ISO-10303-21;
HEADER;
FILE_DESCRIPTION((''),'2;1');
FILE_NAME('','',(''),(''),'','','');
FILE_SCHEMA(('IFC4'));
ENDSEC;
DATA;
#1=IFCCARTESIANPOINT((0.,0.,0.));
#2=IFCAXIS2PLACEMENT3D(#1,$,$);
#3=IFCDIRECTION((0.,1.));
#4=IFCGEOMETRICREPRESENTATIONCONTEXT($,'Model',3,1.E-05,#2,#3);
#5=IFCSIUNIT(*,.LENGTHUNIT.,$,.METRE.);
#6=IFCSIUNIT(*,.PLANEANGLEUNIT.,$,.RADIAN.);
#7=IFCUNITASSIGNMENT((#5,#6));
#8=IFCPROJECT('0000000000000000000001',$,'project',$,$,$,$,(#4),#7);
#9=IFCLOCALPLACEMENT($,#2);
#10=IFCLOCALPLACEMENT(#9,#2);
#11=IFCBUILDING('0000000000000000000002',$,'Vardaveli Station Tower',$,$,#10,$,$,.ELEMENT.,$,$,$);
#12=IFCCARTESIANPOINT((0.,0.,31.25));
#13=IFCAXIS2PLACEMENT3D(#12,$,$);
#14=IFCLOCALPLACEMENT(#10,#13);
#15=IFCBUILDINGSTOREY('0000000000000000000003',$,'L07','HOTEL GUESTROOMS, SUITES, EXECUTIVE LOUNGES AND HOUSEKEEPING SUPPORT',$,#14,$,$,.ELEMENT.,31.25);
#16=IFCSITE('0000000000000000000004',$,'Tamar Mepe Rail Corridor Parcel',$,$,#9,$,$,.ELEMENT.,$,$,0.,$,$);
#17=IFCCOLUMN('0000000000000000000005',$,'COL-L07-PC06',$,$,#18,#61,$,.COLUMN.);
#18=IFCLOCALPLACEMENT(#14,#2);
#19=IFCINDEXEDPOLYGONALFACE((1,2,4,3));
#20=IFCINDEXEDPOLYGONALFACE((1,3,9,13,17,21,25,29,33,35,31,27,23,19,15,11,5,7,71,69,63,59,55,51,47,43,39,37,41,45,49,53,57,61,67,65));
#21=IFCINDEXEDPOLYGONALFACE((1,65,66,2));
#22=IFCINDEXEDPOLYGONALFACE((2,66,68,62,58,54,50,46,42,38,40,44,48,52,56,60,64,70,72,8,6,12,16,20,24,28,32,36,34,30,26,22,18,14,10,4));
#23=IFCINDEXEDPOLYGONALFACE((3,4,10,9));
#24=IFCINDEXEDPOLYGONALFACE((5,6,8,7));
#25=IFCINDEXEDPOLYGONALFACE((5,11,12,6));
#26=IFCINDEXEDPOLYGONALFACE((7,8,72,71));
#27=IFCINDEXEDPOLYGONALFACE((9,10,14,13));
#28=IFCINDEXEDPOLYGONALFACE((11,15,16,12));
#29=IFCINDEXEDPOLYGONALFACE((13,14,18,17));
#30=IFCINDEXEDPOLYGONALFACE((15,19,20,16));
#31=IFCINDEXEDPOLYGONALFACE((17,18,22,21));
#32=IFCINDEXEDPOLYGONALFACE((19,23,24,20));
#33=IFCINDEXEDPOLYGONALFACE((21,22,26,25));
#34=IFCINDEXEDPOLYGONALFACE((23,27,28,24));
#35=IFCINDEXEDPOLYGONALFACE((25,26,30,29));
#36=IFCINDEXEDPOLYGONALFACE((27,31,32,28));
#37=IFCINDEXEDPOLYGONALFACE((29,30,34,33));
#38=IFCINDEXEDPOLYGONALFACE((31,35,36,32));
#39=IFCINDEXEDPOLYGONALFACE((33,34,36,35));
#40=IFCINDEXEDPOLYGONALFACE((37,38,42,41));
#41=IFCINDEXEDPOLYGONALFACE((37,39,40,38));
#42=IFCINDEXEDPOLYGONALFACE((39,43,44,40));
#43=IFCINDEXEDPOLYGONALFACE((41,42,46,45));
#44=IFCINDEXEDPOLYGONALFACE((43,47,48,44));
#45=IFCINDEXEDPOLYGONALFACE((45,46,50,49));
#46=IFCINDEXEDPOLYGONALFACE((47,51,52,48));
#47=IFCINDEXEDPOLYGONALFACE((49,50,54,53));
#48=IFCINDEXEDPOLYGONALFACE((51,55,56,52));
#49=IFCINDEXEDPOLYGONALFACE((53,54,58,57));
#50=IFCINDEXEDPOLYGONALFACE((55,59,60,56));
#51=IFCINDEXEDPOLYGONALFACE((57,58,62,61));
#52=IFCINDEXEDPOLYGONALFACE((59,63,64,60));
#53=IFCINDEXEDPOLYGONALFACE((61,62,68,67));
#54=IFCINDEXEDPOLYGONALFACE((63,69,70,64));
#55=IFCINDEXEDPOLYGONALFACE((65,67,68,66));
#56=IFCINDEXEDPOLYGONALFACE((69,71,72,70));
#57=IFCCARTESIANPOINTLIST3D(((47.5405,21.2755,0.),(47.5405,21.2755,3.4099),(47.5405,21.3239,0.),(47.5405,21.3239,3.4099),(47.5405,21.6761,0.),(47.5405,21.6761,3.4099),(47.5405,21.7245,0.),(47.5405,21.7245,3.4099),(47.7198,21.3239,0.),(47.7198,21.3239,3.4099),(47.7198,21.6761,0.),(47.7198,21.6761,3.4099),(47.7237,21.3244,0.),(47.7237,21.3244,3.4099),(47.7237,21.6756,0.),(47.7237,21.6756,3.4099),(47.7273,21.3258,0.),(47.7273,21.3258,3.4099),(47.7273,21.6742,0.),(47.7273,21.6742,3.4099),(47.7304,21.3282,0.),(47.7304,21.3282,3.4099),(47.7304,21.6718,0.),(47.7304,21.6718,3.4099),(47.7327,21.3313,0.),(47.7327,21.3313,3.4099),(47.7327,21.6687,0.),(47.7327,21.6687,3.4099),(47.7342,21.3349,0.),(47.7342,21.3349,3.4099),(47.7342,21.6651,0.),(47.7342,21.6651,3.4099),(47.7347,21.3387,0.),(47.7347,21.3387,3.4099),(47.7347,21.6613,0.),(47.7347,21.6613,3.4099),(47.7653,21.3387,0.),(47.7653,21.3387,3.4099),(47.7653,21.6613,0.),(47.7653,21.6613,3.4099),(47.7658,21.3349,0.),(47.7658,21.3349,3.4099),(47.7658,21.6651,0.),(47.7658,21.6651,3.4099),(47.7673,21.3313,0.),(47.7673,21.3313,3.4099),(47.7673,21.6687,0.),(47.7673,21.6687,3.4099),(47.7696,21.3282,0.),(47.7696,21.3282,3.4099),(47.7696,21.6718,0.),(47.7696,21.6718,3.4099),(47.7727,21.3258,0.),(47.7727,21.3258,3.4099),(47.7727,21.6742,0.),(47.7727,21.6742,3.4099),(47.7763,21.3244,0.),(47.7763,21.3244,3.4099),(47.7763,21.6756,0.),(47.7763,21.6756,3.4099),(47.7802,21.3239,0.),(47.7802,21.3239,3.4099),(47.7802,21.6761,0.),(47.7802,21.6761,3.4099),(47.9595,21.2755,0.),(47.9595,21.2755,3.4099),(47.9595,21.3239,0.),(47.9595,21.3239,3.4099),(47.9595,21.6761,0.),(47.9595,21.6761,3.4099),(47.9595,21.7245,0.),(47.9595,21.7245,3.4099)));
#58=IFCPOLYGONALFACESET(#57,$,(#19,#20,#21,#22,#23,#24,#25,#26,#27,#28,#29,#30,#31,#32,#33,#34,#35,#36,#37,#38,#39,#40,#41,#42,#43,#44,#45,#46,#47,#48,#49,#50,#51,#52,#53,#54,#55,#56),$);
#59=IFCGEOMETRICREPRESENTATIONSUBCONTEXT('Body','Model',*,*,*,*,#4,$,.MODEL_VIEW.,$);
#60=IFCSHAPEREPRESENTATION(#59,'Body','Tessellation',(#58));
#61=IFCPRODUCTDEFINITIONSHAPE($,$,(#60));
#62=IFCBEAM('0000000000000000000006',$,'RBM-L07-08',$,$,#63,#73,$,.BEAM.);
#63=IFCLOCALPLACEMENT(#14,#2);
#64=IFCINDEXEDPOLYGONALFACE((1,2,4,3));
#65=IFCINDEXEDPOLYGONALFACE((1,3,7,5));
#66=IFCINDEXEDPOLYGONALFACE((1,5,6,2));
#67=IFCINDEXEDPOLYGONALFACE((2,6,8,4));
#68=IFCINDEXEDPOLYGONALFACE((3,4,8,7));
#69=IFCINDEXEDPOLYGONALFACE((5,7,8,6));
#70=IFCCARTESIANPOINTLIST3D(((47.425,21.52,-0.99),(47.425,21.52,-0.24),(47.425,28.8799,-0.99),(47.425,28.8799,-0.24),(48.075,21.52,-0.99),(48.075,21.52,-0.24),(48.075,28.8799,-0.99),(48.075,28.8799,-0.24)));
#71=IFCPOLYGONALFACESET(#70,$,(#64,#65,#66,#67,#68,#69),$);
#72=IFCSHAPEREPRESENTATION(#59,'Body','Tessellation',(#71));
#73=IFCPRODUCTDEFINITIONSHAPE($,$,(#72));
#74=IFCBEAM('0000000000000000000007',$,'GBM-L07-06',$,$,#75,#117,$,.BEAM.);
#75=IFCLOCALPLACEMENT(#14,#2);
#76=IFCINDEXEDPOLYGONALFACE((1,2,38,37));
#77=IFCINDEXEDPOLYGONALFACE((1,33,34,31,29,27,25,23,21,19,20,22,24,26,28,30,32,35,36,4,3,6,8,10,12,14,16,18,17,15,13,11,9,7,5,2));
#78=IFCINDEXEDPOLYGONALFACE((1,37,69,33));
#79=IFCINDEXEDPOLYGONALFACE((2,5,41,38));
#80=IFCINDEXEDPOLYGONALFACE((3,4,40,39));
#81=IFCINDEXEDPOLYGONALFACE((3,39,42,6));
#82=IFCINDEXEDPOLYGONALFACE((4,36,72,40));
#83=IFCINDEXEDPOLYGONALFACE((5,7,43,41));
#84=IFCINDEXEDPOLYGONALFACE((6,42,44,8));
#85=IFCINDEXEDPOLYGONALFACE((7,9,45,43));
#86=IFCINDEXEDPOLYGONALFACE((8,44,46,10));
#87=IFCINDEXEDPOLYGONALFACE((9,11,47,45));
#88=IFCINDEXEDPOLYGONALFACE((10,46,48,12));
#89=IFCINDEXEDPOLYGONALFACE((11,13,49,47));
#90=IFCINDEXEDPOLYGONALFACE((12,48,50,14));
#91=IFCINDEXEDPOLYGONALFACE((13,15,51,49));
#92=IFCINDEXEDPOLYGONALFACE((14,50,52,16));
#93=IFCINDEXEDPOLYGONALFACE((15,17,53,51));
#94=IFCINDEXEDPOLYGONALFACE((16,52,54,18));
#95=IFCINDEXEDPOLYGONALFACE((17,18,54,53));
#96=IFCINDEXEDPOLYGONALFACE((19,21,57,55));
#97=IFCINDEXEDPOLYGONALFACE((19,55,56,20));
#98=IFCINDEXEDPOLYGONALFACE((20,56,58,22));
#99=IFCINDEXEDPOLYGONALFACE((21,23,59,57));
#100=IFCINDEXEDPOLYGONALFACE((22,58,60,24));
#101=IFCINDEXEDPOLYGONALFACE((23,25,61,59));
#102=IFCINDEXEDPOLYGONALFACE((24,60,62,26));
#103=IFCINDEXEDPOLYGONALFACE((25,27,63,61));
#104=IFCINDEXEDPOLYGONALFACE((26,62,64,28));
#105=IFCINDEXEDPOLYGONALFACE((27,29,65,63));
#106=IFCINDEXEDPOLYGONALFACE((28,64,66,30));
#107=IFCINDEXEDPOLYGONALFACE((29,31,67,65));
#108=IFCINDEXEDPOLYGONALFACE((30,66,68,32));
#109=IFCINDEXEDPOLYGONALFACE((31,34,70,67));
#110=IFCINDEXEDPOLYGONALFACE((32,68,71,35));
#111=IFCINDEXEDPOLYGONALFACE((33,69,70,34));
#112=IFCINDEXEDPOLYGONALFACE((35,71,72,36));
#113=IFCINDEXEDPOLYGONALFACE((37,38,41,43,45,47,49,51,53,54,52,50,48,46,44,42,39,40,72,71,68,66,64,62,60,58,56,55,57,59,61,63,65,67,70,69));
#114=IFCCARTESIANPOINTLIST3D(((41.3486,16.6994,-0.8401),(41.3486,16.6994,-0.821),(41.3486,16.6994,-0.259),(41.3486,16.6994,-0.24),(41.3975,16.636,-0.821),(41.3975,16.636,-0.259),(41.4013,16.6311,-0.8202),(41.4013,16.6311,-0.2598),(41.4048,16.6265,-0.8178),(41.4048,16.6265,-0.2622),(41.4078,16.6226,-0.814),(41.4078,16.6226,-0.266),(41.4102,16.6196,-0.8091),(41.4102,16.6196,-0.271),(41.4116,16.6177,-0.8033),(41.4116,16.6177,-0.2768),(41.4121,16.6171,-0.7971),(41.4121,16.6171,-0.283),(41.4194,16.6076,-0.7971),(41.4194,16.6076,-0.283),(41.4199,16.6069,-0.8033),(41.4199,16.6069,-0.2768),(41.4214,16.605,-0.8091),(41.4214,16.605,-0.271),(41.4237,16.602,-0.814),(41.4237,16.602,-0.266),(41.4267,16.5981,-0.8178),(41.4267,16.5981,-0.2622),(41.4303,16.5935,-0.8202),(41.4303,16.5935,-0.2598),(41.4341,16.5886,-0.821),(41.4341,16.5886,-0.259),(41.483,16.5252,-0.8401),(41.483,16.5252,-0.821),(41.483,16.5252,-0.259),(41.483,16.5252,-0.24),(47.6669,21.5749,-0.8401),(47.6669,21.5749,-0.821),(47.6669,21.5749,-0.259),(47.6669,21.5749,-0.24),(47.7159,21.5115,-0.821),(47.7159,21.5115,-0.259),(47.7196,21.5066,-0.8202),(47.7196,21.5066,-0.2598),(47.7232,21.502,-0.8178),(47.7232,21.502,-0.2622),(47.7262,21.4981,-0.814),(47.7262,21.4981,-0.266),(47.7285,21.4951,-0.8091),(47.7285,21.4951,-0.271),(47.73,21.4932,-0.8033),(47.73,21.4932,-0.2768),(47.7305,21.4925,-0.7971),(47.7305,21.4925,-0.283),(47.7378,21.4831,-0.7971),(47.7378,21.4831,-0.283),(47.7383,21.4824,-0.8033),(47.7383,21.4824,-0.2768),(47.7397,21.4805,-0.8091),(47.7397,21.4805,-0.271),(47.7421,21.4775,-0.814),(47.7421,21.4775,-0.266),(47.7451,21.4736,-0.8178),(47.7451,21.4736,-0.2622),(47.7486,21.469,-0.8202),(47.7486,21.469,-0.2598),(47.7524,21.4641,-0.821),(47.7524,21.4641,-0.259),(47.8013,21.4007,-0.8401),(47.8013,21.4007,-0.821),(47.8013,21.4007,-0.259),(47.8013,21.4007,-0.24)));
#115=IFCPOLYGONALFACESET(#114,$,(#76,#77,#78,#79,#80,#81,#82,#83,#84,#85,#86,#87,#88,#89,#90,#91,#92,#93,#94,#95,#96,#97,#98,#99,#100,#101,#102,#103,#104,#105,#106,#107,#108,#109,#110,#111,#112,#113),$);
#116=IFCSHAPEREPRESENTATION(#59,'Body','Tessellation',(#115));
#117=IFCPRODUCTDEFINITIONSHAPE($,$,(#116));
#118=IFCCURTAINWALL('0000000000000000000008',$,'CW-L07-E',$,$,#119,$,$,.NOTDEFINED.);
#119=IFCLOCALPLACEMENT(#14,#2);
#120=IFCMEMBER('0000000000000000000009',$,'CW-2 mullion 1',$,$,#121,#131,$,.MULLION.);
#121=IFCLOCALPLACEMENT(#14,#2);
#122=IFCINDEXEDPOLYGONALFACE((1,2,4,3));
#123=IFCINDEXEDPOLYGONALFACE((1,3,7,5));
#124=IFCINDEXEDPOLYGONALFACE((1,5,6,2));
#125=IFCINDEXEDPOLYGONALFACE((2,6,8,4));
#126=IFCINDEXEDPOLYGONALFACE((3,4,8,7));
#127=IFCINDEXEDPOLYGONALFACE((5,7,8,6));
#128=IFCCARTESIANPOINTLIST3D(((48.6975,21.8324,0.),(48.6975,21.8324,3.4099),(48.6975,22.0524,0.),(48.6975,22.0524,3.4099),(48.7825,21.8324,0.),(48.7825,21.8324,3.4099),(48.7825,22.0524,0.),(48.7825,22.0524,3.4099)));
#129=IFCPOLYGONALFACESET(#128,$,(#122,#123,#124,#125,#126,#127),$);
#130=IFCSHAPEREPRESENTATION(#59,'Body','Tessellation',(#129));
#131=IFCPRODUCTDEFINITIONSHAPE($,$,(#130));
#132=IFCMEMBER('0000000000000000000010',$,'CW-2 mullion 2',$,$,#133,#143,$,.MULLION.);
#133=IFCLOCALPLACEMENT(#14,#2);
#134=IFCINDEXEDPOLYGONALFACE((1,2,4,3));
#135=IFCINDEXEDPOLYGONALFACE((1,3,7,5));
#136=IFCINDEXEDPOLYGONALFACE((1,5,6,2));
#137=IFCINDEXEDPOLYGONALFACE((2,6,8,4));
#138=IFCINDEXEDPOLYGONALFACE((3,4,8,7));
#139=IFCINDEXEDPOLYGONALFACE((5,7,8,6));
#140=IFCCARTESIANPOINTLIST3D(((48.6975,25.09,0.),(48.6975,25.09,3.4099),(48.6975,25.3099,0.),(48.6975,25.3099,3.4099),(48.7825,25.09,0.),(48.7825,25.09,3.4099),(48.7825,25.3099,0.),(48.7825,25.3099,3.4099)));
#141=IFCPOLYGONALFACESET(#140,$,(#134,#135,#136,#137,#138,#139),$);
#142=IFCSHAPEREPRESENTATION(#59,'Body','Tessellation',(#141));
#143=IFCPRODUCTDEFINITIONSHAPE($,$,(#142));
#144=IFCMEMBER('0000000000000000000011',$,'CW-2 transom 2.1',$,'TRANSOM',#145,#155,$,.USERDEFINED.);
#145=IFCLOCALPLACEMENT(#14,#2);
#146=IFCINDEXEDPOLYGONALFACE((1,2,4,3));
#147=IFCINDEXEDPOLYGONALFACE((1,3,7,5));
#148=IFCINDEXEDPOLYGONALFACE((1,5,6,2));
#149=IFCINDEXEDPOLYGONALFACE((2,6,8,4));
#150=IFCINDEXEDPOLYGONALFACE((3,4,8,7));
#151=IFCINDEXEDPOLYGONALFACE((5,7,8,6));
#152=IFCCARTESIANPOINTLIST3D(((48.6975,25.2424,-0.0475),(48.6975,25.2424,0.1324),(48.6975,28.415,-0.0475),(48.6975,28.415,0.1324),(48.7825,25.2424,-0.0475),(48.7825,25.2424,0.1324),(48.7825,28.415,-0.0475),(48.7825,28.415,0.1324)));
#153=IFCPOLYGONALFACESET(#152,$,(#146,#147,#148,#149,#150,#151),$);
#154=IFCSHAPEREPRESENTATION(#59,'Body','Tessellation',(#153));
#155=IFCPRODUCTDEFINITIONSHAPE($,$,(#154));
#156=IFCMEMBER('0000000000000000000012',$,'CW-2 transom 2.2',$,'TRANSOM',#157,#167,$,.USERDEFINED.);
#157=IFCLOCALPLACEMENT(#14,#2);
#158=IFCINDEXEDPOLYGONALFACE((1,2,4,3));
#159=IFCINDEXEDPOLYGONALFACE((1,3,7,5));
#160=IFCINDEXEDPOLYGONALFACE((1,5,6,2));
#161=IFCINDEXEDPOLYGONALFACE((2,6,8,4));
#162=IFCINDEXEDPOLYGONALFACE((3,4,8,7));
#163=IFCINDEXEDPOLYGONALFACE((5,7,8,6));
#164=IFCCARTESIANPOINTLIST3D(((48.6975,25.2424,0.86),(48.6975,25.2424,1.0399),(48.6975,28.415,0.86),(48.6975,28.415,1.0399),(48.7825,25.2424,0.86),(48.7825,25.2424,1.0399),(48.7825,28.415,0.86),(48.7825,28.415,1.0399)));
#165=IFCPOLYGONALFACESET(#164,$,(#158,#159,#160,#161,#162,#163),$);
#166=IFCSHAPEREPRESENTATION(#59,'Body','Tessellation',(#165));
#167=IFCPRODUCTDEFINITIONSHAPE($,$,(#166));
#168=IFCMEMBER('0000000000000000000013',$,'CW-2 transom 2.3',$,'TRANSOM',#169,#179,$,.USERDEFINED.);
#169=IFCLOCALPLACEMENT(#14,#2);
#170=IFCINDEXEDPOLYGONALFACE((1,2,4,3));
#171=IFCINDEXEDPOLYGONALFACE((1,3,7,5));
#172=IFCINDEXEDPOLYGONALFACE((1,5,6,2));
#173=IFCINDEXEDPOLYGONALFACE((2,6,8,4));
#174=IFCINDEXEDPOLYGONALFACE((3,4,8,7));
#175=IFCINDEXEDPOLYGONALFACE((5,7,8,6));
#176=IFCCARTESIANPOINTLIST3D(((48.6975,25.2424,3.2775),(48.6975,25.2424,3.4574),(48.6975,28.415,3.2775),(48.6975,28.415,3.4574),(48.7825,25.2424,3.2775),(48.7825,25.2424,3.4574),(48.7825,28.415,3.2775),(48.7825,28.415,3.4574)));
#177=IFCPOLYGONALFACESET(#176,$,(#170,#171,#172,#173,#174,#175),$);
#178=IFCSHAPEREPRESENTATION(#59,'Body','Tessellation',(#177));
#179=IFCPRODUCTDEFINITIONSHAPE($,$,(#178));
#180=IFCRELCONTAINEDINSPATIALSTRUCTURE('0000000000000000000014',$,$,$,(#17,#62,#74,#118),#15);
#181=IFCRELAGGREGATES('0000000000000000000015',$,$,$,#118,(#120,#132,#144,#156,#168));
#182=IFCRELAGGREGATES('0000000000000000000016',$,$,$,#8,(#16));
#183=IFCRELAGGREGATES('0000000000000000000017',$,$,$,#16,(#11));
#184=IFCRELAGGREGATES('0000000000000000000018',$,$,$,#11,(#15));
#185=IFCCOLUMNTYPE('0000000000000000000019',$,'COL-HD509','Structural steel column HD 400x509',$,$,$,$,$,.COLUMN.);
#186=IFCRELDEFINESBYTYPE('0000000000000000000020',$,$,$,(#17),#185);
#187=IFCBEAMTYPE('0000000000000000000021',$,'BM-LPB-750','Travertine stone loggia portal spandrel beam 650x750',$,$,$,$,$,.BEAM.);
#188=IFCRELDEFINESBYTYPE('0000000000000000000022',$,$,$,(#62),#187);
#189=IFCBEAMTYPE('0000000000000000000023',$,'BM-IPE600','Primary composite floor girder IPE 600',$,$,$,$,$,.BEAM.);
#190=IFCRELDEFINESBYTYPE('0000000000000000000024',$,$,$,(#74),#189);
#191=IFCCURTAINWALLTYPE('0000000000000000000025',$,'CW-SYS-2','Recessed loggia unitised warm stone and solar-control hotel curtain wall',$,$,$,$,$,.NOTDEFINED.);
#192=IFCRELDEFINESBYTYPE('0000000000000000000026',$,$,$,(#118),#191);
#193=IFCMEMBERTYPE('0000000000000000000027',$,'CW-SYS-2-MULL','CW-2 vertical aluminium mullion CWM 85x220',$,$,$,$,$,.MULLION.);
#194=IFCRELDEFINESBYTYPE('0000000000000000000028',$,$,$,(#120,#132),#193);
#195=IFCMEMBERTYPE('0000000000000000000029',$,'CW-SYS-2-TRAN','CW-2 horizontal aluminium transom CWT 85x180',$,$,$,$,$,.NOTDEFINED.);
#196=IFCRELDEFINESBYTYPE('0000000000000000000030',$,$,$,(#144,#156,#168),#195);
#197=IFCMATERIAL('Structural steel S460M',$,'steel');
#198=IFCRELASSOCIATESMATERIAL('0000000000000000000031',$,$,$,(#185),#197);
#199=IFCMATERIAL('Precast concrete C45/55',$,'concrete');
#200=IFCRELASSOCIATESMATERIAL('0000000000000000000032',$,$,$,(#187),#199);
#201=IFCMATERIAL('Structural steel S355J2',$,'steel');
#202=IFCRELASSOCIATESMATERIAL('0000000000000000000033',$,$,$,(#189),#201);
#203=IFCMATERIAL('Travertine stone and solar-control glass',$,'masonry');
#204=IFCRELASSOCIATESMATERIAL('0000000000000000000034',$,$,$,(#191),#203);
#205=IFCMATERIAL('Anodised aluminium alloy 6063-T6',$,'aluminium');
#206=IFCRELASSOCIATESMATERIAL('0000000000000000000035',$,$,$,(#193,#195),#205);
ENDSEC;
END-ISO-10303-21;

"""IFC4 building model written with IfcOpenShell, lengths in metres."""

from ifc_helpers import new_model, si_unit, direction, frame, origin, origin_2d, place, context, subcontext, project, spatial, rectangle, i_section, extrude, source, transform, mapped, material, material_profile, profile_set, type_object, element, aggregate, save


model = new_model("IFC4")

# Units and contexts
model_context = context("Model", 3, precision=1e-05, world=origin(), true_north=direction((0.0, 1.0)))
body_context = subcontext(model_context, "Body", "Model", "MODEL_VIEW")
ifc_project = project(units=[si_unit("LENGTHUNIT", "METRE"), si_unit("PLANEANGLEUNIT", "RADIAN")], contexts=[model_context])

# Site, building, storey
site_placement = place(None, origin())
site = spatial("IfcSite", under=ifc_project, at=site_placement, Name="Tamar Mepe Rail Corridor Parcel", CompositionType="ELEMENT", RefElevation=0.0)
building_placement = place(site_placement, origin())
building = spatial("IfcBuilding", under=site, at=building_placement, Name="Vardaveli Station Tower", CompositionType="ELEMENT")
storey_placement = place(building_placement, frame((0.0, 0.0, 31.25)))
storey = spatial("IfcBuildingStorey", under=building, at=storey_placement, Name="L07", Description="HOTEL GUESTROOMS, SUITES, EXECUTIVE LOUNGES AND HOUSEKEEPING SUPPORT", CompositionType="ELEMENT", Elevation=31.25)

# Column
ifc_material_1 = material(Name="Structural steel S460M", Category="steel")
ifc_material_profile_1 = material_profile(ifc_material_1, i_section(OverallWidth=0.4189, OverallDepth=0.449, WebThickness=0.0305, FlangeThickness=0.0483, FilletRadius=0.0149, at=origin_2d()), Name="HD 400x509")
ifc_profile_set_1 = profile_set([ifc_material_profile_1], Name="Structural steel S460M")
column_type = type_object("IfcColumnType", Name="COL-HD509", Description="Structural steel column HD 400x509", PredefinedType="COLUMN", material=ifc_profile_set_1)
shared_shape_1 = source(origin(), body_context, "Body", "SweptSolid", [
    extrude(i_section(OverallWidth=0.4189, OverallDepth=0.449, WebThickness=0.0305, FlangeThickness=0.0483, FilletRadius=0.0149, at=origin_2d()), origin(), (0.0, 0.0, 1.0), 3.4099),
])
column_placement = place(storey_placement, frame((47.75, 21.5, 0.0), z_axis=(0.0, 0.0, 1.0), x_axis=(1.0, 0.0, 0.0)))
element("IfcColumn", 1, at=column_placement, inside=storey, type_object=column_type, Name="COL-L07-PC06", PredefinedType="COLUMN", context=body_context, shape_type="MappedRepresentation", body=[
    mapped(shared_shape_1, transform((0.0, 0.0, 0.0), scale=1.0)),
])

# Beams
ifc_material_2 = material(Name="Precast concrete C45/55", Category="concrete")
ifc_material_profile_2 = material_profile(ifc_material_2, rectangle(XDim=0.6499, YDim=0.75, at=origin_2d()), Name="LPB 650x750")
ifc_profile_set_2 = profile_set([ifc_material_profile_2], Name="Precast concrete C45/55")
beam_type_1 = type_object("IfcBeamType", Name="BM-LPB-750", Description="Travertine stone loggia portal spandrel beam 650x750", PredefinedType="BEAM", material=ifc_profile_set_2)
shared_shape_2 = source(origin(), body_context, "Body", "SweptSolid", [
    extrude(rectangle(XDim=0.6499, YDim=0.75, at=origin_2d()), origin(), (0.0, 0.0, 1.0), 7.3599),
])
beam_1_placement = place(storey_placement, frame((47.75, 21.52, -0.615), z_axis=(0.0, 1.0, 0.0), x_axis=(-1.0, 0.0, 0.0)))
element("IfcBeam", 2, at=beam_1_placement, inside=storey, type_object=beam_type_1, Name="RBM-L07-08", PredefinedType="BEAM", context=body_context, shape_type="MappedRepresentation", body=[
    mapped(shared_shape_2, transform((0.0, 0.0, 0.0), scale=1.0)),
])
ifc_material_3 = material(Name="Structural steel S355J2", Category="steel")
ifc_material_profile_3 = material_profile(ifc_material_3, i_section(OverallWidth=0.22, OverallDepth=0.6001, WebThickness=0.012, FlangeThickness=0.019, FilletRadius=0.0239, at=origin_2d()), Name="IPE 600")
ifc_profile_set_3 = profile_set([ifc_material_profile_3], Name="Structural steel S355J2")
beam_type_2 = type_object("IfcBeamType", Name="BM-IPE600", Description="Primary composite floor girder IPE 600", PredefinedType="BEAM", material=ifc_profile_set_3)
shared_shape_3 = source(origin(), body_context, "Body", "SweptSolid", [
    extrude(i_section(OverallWidth=0.22, OverallDepth=0.6001, WebThickness=0.012, FlangeThickness=0.019, FilletRadius=0.0239, at=origin_2d()), origin(), (0.0, 0.0, 1.0), 7.9807),
])
beam_2_placement = place(storey_placement, frame((47.7341, 21.4878, -0.54), z_axis=(-0.791702, -0.610908, 0.0), x_axis=(0.610908, -0.791702, 0.0)))
element("IfcBeam", 3, at=beam_2_placement, inside=storey, type_object=beam_type_2, Name="GBM-L07-06", PredefinedType="BEAM", context=body_context, shape_type="MappedRepresentation", body=[
    mapped(shared_shape_3, transform((0.0, 0.0, 0.0), scale=1.0)),
])

# Curtain wall, members
ifc_material_4 = material(Name="Travertine stone and solar-control glass", Category="masonry")
curtain_wall_type = type_object("IfcCurtainWallType", Name="CW-SYS-2", Description="Recessed loggia unitised warm stone and solar-control hotel curtain wall", PredefinedType="NOTDEFINED", material=ifc_material_4)
curtain_wall_placement = place(storey_placement, origin())
curtain_wall = element("IfcCurtainWall", 4, at=curtain_wall_placement, inside=storey, type_object=curtain_wall_type, Name="CW-L07-E", PredefinedType="NOTDEFINED")
ifc_material_5 = material(Name="Anodised aluminium alloy 6063-T6", Category="aluminium")
ifc_material_profile_4 = material_profile(ifc_material_5, rectangle(XDim=0.085, YDim=0.22, at=origin_2d()), Name="CWM 85x220")
ifc_profile_set_4 = profile_set([ifc_material_profile_4], Name="Anodised aluminium alloy 6063-T6")
member_type_1 = type_object("IfcMemberType", Name="CW-SYS-2-MULL", Description="CW-2 vertical aluminium mullion CWM 85x220", PredefinedType="MULLION", material=ifc_profile_set_4)
shared_shape_4 = source(origin(), body_context, "Body", "SweptSolid", [
    extrude(rectangle(XDim=0.085, YDim=0.22, at=origin_2d()), origin(), (0.0, 0.0, 1.0), 3.4099),
])
member_1_placement = place(storey_placement, frame((48.74, 21.9424, 0.0), z_axis=(0.0, 0.0, 1.0), x_axis=(-1.0, 0.0, 0.0)))
member_1 = element("IfcMember", 5, at=member_1_placement, type_object=member_type_1, Name="CW-2 mullion 1", PredefinedType="MULLION", context=body_context, shape_type="MappedRepresentation", body=[
    mapped(shared_shape_4, transform((0.0, 0.0, 0.0), scale=1.0)),
])
member_2_placement = place(storey_placement, frame((48.74, 25.2, 0.0), z_axis=(0.0, 0.0, 1.0), x_axis=(-1.0, 0.0, 0.0)))
member_2 = element("IfcMember", 6, at=member_2_placement, type_object=member_type_1, Name="CW-2 mullion 2", PredefinedType="MULLION", context=body_context, shape_type="MappedRepresentation", body=[
    mapped(shared_shape_4, transform((0.0, 0.0, 0.0), scale=1.0)),
])
ifc_material_profile_5 = material_profile(ifc_material_5, rectangle(XDim=0.085, YDim=0.1799, at=origin_2d()), Name="CWT 85x180")
ifc_profile_set_5 = profile_set([ifc_material_profile_5], Name="Anodised aluminium alloy 6063-T6")
member_type_2 = type_object("IfcMemberType", Name="CW-SYS-2-TRAN", Description="CW-2 horizontal aluminium transom CWT 85x180", PredefinedType="NOTDEFINED", material=ifc_profile_set_5)
shared_shape_5 = source(origin(), body_context, "Body", "SweptSolid", [
    extrude(rectangle(XDim=0.085, YDim=0.1799, at=origin_2d()), origin(), (0.0, 0.0, 1.0), 3.1726),
])
member_3_placement = place(storey_placement, frame((48.74, 25.2424, 0.0425), z_axis=(0.0, 1.0, 0.0), x_axis=(-1.0, 0.0, 0.0)))
member_3 = element("IfcMember", 7, at=member_3_placement, type_object=member_type_2, Name="CW-2 transom 2.1", ObjectType="TRANSOM", PredefinedType="USERDEFINED", context=body_context, shape_type="MappedRepresentation", body=[
    mapped(shared_shape_5, transform((0.0, 0.0, 0.0), scale=1.0)),
])
member_4_placement = place(storey_placement, frame((48.74, 25.2424, 0.95), z_axis=(0.0, 1.0, 0.0), x_axis=(-1.0, 0.0, 0.0)))
member_4 = element("IfcMember", 8, at=member_4_placement, type_object=member_type_2, Name="CW-2 transom 2.2", ObjectType="TRANSOM", PredefinedType="USERDEFINED", context=body_context, shape_type="MappedRepresentation", body=[
    mapped(shared_shape_5, transform((0.0, 0.0, 0.0), scale=1.0)),
])
member_5_placement = place(storey_placement, frame((48.74, 25.2424, 3.3674), z_axis=(0.0, 1.0, 0.0), x_axis=(-1.0, 0.0, 0.0)))
member_5 = element("IfcMember", 9, at=member_5_placement, type_object=member_type_2, Name="CW-2 transom 2.3", ObjectType="TRANSOM", PredefinedType="USERDEFINED", context=body_context, shape_type="MappedRepresentation", body=[
    mapped(shared_shape_5, transform((0.0, 0.0, 0.0), scale=1.0)),
])
aggregate(curtain_wall, [member_1, member_2, member_3, member_4, member_5])

save(model, "model.ifc")
